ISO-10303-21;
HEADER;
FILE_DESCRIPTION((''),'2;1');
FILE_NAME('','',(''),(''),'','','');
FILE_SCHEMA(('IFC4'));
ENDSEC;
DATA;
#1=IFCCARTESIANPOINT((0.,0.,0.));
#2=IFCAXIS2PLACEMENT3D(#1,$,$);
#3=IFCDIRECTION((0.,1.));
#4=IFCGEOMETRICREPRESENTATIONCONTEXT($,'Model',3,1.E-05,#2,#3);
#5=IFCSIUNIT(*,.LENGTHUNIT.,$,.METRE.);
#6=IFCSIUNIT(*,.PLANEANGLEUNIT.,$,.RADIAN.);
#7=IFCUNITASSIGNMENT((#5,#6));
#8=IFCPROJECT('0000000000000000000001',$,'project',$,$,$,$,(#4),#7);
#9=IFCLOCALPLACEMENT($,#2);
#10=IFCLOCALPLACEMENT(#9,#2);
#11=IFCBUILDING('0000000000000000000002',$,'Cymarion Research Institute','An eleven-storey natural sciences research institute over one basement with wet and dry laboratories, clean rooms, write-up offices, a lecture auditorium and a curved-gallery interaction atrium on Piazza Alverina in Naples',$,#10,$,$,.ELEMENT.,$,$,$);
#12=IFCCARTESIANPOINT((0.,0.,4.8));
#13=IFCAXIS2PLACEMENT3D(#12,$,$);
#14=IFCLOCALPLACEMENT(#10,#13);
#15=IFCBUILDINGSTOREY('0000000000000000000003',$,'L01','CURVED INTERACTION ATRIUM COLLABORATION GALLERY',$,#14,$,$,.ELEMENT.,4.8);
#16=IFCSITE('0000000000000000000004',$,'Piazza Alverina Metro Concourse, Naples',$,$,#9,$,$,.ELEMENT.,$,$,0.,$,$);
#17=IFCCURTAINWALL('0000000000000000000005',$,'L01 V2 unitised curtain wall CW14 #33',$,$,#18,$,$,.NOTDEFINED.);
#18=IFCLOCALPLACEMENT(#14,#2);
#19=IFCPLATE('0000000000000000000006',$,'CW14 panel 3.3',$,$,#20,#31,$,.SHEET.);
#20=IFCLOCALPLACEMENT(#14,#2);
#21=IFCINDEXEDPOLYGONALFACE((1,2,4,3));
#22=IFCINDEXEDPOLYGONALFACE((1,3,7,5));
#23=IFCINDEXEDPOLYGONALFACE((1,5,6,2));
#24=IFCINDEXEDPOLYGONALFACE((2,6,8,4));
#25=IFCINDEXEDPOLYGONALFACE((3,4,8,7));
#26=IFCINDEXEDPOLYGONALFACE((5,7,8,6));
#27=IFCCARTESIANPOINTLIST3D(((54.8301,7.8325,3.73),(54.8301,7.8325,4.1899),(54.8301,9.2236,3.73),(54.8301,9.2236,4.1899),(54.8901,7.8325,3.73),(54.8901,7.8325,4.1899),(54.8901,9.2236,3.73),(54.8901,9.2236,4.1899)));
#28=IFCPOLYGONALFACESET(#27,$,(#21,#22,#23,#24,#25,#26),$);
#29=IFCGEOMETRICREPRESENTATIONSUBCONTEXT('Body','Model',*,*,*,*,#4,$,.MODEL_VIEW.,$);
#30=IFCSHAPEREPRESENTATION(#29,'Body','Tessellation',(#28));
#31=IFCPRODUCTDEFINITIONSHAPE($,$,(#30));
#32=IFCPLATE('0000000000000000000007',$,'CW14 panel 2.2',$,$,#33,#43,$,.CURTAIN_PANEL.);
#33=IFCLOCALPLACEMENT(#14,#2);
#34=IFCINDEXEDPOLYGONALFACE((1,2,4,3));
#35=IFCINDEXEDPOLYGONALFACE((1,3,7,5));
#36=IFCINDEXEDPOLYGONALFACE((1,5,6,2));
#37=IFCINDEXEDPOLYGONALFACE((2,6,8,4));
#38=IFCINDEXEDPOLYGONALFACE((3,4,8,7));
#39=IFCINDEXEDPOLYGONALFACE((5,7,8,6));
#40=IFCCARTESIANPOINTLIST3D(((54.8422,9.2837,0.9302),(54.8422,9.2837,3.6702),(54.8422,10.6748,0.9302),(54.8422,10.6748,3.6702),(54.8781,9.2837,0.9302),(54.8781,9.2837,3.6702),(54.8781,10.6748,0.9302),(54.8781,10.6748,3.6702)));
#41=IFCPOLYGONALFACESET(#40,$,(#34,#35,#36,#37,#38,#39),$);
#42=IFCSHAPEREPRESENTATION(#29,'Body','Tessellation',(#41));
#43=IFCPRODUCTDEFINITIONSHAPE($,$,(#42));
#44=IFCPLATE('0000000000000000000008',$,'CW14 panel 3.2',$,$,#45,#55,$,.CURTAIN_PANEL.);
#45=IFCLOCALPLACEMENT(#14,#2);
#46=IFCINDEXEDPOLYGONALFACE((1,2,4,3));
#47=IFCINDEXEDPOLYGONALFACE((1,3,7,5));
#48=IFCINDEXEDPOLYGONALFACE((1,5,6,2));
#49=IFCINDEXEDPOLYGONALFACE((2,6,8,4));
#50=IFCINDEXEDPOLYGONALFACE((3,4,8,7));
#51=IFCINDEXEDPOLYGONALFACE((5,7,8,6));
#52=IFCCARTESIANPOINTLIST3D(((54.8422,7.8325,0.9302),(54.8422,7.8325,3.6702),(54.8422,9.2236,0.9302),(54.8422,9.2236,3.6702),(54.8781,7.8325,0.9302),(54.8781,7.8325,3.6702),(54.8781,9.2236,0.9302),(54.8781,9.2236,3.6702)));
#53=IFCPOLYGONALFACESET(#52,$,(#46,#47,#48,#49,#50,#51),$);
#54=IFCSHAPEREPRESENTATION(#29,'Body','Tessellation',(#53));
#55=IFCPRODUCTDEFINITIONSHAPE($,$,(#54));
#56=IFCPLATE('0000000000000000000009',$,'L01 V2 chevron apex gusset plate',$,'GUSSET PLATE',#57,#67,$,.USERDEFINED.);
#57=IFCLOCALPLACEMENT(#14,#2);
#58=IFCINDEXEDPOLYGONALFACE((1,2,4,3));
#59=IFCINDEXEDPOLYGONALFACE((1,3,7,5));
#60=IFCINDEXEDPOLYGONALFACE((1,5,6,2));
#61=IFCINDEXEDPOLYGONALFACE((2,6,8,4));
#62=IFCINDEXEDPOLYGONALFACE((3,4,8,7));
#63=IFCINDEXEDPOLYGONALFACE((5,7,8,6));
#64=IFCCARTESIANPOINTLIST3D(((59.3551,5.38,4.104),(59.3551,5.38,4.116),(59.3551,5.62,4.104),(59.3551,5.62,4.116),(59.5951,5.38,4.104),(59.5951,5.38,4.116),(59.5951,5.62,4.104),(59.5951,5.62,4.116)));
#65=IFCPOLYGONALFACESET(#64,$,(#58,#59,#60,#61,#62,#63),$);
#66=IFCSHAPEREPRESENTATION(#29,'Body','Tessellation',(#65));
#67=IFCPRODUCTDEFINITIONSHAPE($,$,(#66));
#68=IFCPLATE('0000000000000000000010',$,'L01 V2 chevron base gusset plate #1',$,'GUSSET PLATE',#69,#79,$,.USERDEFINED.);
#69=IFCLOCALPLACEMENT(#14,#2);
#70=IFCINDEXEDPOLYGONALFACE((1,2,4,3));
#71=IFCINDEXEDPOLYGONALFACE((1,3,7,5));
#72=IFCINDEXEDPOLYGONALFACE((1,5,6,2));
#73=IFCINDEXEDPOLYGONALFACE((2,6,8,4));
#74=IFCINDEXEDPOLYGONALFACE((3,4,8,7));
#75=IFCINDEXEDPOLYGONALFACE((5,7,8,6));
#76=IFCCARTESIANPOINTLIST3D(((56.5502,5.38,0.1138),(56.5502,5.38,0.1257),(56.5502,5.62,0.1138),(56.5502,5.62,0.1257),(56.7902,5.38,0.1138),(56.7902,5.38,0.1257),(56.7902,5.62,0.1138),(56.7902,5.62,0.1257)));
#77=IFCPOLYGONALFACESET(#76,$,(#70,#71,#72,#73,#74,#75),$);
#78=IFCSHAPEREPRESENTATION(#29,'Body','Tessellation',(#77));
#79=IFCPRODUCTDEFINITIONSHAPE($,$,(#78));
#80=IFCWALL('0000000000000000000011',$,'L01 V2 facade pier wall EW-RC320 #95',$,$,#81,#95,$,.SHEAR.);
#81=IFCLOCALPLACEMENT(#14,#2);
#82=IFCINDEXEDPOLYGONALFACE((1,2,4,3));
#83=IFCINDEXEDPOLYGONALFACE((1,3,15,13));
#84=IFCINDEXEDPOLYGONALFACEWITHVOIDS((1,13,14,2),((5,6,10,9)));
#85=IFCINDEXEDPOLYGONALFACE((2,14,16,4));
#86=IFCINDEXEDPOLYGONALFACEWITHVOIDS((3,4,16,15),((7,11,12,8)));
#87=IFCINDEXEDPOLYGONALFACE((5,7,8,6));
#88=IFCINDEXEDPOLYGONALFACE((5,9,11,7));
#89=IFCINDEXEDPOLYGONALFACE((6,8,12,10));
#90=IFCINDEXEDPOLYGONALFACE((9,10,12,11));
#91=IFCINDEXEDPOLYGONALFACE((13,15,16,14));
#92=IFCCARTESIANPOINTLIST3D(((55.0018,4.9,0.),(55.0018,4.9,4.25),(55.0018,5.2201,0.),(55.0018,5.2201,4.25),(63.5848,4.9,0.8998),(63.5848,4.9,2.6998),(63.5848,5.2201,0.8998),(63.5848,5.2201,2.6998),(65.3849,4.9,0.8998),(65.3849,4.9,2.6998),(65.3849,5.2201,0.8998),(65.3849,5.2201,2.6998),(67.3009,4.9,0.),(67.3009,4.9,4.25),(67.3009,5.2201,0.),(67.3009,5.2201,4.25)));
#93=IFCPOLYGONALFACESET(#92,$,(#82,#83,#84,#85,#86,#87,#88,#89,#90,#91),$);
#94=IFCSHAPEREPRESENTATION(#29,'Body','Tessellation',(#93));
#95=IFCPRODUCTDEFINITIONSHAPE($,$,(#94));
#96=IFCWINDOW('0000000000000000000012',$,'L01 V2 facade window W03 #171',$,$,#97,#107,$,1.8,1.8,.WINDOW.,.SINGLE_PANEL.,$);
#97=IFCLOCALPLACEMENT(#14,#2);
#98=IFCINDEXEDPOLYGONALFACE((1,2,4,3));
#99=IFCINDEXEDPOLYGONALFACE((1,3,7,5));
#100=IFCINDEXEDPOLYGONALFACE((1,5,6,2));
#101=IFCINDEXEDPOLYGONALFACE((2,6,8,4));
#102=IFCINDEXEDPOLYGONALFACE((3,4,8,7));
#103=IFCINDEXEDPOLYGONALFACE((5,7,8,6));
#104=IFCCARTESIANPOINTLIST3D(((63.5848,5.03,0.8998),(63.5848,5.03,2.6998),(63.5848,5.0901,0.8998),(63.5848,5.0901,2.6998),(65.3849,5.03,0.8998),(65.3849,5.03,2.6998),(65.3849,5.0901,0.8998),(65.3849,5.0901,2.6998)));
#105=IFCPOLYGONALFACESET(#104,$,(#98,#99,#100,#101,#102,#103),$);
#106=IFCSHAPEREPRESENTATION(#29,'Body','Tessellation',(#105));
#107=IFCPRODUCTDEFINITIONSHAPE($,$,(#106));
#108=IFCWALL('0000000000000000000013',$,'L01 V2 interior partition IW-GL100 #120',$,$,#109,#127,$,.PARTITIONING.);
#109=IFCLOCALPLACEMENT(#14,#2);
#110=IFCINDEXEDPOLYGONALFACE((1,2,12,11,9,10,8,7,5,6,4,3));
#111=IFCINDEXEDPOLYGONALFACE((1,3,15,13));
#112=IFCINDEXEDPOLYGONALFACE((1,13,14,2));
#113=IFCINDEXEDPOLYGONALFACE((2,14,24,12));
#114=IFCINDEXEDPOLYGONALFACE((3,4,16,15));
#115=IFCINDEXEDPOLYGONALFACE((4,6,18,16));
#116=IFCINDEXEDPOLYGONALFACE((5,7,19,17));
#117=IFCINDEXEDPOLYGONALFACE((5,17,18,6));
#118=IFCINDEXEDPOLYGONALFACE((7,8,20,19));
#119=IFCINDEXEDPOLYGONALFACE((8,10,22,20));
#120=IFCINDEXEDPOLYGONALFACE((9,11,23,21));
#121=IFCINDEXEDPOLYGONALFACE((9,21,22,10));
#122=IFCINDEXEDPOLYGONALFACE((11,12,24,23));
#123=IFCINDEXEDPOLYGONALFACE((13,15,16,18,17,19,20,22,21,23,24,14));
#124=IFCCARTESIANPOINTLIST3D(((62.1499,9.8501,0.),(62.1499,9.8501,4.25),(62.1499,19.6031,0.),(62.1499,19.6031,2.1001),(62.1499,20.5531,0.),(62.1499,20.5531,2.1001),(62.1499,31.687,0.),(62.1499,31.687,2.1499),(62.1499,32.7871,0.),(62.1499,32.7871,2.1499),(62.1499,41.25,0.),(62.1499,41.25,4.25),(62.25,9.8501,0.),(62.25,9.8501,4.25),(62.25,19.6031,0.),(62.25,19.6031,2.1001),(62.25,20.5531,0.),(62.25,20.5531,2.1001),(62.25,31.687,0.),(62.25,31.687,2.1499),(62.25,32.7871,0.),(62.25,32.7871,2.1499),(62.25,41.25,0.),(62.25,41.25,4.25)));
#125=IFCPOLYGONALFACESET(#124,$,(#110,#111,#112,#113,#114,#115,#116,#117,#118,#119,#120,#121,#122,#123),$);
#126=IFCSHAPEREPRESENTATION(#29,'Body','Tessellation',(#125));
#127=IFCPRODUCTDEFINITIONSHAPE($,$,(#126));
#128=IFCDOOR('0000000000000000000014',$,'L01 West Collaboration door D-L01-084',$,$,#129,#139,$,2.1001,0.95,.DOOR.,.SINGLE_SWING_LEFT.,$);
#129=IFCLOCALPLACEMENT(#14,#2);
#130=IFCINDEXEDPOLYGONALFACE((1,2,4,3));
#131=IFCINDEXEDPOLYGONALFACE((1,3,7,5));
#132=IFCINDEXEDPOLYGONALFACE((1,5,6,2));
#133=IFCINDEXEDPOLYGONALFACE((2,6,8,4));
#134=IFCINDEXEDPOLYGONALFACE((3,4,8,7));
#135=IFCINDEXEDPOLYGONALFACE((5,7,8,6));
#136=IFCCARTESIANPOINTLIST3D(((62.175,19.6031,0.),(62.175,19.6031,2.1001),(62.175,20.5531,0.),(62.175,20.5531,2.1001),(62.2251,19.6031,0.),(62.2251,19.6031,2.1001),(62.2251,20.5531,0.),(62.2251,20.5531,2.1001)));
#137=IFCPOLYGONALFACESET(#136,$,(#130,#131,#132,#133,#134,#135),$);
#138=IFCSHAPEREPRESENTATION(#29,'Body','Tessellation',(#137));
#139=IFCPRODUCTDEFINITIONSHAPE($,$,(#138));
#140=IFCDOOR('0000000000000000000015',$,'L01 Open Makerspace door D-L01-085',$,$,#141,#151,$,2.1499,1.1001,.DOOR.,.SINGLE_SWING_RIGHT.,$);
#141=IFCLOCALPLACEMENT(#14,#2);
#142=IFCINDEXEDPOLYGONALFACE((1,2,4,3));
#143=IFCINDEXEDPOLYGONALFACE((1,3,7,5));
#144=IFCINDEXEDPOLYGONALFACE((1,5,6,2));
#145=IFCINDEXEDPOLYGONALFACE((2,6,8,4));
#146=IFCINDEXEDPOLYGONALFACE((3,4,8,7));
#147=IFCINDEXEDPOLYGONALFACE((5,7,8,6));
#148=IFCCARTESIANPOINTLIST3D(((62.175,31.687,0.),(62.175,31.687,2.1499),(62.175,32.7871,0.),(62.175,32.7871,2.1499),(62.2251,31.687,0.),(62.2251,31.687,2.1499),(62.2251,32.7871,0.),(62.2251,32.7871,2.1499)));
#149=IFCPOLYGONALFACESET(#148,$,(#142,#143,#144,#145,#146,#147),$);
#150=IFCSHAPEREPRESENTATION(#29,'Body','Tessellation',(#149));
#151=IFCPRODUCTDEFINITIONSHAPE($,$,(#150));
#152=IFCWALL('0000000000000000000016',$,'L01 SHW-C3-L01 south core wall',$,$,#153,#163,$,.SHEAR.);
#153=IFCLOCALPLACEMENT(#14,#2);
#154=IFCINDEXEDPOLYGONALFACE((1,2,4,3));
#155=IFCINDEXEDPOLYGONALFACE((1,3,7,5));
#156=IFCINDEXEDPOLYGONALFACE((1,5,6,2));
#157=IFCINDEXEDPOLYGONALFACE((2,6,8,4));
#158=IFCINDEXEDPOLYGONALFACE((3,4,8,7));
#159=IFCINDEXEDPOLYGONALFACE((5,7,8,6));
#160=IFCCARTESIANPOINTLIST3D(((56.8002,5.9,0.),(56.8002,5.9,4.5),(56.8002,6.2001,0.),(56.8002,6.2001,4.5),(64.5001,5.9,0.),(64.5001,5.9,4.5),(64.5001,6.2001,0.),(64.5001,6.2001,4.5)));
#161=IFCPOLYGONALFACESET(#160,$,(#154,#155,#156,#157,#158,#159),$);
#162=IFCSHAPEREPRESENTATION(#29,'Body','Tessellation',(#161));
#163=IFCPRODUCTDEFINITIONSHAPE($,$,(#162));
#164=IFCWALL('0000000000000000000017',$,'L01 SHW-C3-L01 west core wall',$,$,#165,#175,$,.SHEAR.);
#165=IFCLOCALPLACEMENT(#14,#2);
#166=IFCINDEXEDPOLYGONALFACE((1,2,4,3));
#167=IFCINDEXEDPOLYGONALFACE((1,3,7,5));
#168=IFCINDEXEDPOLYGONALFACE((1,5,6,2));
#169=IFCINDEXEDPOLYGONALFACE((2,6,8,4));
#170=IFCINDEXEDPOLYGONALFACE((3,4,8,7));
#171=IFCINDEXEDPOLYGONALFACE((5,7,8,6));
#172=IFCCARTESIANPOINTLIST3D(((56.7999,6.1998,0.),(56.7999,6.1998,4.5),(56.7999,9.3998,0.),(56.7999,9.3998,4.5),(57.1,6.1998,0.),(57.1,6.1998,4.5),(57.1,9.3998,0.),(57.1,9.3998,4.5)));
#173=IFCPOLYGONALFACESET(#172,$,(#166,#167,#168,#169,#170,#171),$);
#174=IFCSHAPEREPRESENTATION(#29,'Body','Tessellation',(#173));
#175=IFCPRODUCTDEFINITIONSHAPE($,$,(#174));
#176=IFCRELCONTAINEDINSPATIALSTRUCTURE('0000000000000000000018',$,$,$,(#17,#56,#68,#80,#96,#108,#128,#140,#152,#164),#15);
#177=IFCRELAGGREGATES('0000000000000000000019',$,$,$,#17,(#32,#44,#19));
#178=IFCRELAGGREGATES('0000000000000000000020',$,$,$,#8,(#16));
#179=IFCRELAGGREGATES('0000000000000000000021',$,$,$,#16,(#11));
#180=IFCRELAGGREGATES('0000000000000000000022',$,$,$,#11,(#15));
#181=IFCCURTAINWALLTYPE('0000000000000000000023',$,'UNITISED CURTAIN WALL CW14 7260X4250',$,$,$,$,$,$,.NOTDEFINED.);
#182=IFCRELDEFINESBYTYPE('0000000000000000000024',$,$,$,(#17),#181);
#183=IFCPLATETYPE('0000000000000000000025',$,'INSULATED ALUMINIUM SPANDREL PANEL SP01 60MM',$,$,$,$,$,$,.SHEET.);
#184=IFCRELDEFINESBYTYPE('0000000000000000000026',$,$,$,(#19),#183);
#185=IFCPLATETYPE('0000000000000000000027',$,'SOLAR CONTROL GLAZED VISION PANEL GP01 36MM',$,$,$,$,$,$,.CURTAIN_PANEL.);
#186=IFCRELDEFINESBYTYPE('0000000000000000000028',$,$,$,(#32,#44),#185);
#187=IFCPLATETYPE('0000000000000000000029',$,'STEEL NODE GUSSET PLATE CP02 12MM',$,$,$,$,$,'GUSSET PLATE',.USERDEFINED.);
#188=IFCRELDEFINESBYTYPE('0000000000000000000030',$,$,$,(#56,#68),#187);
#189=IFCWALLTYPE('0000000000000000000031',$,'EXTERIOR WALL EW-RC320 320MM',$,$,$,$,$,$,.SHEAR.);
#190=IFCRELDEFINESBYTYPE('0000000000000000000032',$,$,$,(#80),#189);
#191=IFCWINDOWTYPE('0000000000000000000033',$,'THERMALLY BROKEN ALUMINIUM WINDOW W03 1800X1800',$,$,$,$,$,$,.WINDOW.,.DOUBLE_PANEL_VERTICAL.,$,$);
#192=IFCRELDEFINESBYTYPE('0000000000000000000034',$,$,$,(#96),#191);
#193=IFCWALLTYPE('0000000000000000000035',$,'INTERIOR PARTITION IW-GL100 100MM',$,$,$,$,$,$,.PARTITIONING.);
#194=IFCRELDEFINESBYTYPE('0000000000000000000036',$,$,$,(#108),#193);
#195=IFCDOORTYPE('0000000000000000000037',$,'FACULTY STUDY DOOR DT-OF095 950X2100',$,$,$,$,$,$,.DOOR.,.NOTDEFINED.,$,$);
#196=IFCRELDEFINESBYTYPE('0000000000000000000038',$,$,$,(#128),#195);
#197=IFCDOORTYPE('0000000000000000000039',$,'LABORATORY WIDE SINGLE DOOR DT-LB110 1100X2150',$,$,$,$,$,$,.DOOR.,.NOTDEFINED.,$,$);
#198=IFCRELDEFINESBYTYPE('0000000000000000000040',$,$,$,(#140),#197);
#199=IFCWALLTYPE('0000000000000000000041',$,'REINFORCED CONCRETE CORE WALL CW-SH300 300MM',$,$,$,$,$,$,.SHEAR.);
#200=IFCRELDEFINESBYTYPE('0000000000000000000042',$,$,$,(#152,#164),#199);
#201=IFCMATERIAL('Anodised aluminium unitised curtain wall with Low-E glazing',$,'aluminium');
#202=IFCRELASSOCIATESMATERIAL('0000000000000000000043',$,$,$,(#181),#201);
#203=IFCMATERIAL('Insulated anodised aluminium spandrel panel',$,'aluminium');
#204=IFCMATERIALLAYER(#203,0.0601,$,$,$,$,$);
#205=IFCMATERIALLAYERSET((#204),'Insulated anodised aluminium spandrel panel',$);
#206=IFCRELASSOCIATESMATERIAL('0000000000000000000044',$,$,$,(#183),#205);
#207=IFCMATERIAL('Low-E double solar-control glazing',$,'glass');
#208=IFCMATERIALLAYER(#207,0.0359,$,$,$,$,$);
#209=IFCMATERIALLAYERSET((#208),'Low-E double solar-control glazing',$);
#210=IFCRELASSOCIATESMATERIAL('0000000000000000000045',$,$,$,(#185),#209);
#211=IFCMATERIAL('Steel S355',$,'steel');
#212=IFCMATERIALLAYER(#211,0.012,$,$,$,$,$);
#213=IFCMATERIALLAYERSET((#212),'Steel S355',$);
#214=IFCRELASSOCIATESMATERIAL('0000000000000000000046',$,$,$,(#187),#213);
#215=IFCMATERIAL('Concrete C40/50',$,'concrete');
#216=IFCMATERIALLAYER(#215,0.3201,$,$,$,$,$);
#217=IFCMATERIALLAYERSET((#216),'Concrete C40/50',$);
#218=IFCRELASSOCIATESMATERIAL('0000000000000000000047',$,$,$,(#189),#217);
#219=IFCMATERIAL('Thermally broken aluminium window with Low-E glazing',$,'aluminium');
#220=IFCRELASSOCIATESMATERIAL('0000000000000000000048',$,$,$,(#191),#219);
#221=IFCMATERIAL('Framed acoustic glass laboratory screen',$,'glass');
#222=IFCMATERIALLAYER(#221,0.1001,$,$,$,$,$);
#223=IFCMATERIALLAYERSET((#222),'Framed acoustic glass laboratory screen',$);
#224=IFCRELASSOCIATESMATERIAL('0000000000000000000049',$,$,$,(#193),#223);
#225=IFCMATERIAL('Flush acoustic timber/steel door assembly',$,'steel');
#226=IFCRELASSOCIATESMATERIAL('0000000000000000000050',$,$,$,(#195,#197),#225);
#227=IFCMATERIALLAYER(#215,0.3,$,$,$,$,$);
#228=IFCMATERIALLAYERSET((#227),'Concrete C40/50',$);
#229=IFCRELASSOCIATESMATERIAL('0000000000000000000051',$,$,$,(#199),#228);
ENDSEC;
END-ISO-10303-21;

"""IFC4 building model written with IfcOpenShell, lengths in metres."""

from ifc_helpers import new_model, si_unit, direction, frame, frame_2d, origin, origin_2d, place, context, subcontext, project, spatial, rectangle, extrude, material, layer, layer_set, type_object, element, fill, aggregate, save


model = new_model("IFC4")

# Units and contexts
model_context = context("Model", 3, precision=1e-05, world=origin(), true_north=direction((0.0, 1.0)))
body_context = subcontext(model_context, "Body", "Model", "MODEL_VIEW")
ifc_project = project(units=[si_unit("LENGTHUNIT", "METRE"), si_unit("PLANEANGLEUNIT", "RADIAN")], contexts=[model_context])

# Site, building, storey
site_placement = place(None, origin())
site = spatial("IfcSite", under=ifc_project, at=site_placement, Name="Piazza Alverina Metro Concourse, Naples", CompositionType="ELEMENT", RefElevation=0.0)
building_placement = place(site_placement, origin())
building = spatial("IfcBuilding", under=site, at=building_placement, Name="Cymarion Research Institute", Description="An eleven-storey natural sciences research institute over one basement with wet and dry laboratories, clean rooms, write-up offices, a lecture auditorium and a curved-gallery interaction atrium on Piazza Alverina in Naples", CompositionType="ELEMENT")
storey_placement = place(building_placement, frame((0.0, 0.0, 4.8)))
storey = spatial("IfcBuildingStorey", under=building, at=storey_placement, Name="L01", Description="CURVED INTERACTION ATRIUM COLLABORATION GALLERY", CompositionType="ELEMENT", Elevation=4.8)

# Shared definitions
ifc_material_1 = material(Name="Steel S355", Category="steel")

# Shared definitions
ifc_material_2 = material(Name="Concrete C40/50", Category="concrete")

# Curtain wall
ifc_material_3 = material(Name="Anodised aluminium unitised curtain wall with Low-E glazing", Category="aluminium")
curtain_wall_type = type_object("IfcCurtainWallType", Name="UNITISED CURTAIN WALL CW14 7260X4250", PredefinedType="NOTDEFINED", material=ifc_material_3)
curtain_wall_placement = place(storey_placement, origin())
curtain_wall = element("IfcCurtainWall", 1, at=curtain_wall_placement, inside=storey, type_object=curtain_wall_type, Name="L01 V2 unitised curtain wall CW14 #33", PredefinedType="NOTDEFINED")

# Plates
ifc_material_4 = material(Name="Insulated anodised aluminium spandrel panel", Category="aluminium")
ifc_layer_1 = layer(ifc_material_4, 0.0601)
ifc_layer_set_1 = layer_set([ifc_layer_1], Name="Insulated anodised aluminium spandrel panel")
plate_type_1 = type_object("IfcPlateType", Name="INSULATED ALUMINIUM SPANDREL PANEL SP01 60MM", PredefinedType="SHEET", material=ifc_layer_set_1)
plate_1_placement = place(storey_placement, frame((54.8601, 8.5281, 3.73), z_axis=(0.0, 0.0, 1.0), x_axis=(0.0, -1.0, 0.0)))
plate_1 = element("IfcPlate", 2, at=plate_1_placement, type_object=plate_type_1, Name="CW14 panel 3.3", PredefinedType="SHEET", context=body_context, shape_type="SweptSolid", body=[
    extrude(rectangle(XDim=1.3911, YDim=0.0601, at=origin_2d()), origin(), (0.0, 0.0, 1.0), 0.46),
])
ifc_material_5 = material(Name="Low-E double solar-control glazing", Category="glass")
ifc_layer_2 = layer(ifc_material_5, 0.0359)
ifc_layer_set_2 = layer_set([ifc_layer_2], Name="Low-E double solar-control glazing")
plate_type_2 = type_object("IfcPlateType", Name="SOLAR CONTROL GLAZED VISION PANEL GP01 36MM", PredefinedType="CURTAIN_PANEL", material=ifc_layer_set_2)
plate_2_placement = place(storey_placement, frame((54.8601, 9.9792, 0.9302), z_axis=(0.0, 0.0, 1.0), x_axis=(0.0, -1.0, 0.0)))
plate_2 = element("IfcPlate", 3, at=plate_2_placement, type_object=plate_type_2, Name="CW14 panel 2.2", PredefinedType="CURTAIN_PANEL", context=body_context, shape_type="SweptSolid", body=[
    extrude(rectangle(XDim=1.3911, YDim=0.0359, at=origin_2d()), origin(), (0.0, 0.0, 1.0), 2.74),
])
plate_3_placement = place(storey_placement, frame((54.8601, 8.5281, 0.9302), z_axis=(0.0, 0.0, 1.0), x_axis=(0.0, -1.0, 0.0)))
plate_3 = element("IfcPlate", 4, at=plate_3_placement, type_object=plate_type_2, Name="CW14 panel 3.2", PredefinedType="CURTAIN_PANEL", context=body_context, shape_type="SweptSolid", body=[
    extrude(rectangle(XDim=1.3911, YDim=0.0359, at=origin_2d()), origin(), (0.0, 0.0, 1.0), 2.74),
])
aggregate(curtain_wall, [plate_2, plate_3, plate_1])

# Plates
ifc_layer_3 = layer(ifc_material_1, 0.012)
ifc_layer_set_3 = layer_set([ifc_layer_3], Name="Steel S355")
plate_type_3 = type_object("IfcPlateType", Name="STEEL NODE GUSSET PLATE CP02 12MM", ElementType="GUSSET PLATE", PredefinedType="USERDEFINED", material=ifc_layer_set_3)
for number, where, z_axis, x_axis, name in (
    (5, (59.4751, 5.5, 4.104), (0.0, 0.0, 1.0), (1.0, 0.0, 0.0), "L01 V2 chevron apex gusset plate"),
    (6, (56.6702, 5.5, 0.1138), (0.0, 0.0, 1.0), (1.0, 0.0, 0.0), "L01 V2 chevron base gusset plate #1"),
):
    element("IfcPlate", number, at=place(storey_placement, frame(where, z_axis=z_axis, x_axis=x_axis)), inside=storey, type_object=plate_type_3, Name=name, ObjectType="GUSSET PLATE", PredefinedType="USERDEFINED", context=body_context, shape_type="SweptSolid", body=[
        extrude(rectangle(XDim=0.24, YDim=0.24, at=origin_2d()), origin(), (0.0, 0.0, 1.0), 0.012),
    ])

# Wall, opening, window
ifc_layer_4 = layer(ifc_material_2, 0.3201)
ifc_layer_set_4 = layer_set([ifc_layer_4], Name="Concrete C40/50")
wall_type_1 = type_object("IfcWallType", Name="EXTERIOR WALL EW-RC320 320MM", PredefinedType="SHEAR", material=ifc_layer_set_4)
wall_1_placement = place(storey_placement, frame((55.002, 5.0601, 0.0), z_axis=(0.0, 0.0, 1.0), x_axis=(1.0, 0.0, 0.0)))
wall_1 = element("IfcWall", 7, at=wall_1_placement, inside=storey, type_object=wall_type_1, Name="L01 V2 facade pier wall EW-RC320 #95", PredefinedType="SHEAR", context=body_context, shape_type="SweptSolid", body=[
    extrude(rectangle(XDim=12.2991, YDim=0.3201, at=frame_2d((6.1494, 0.0))), origin(), (0.0, 0.0, 1.0), 4.25),
])
opening_1_placement = place(wall_1_placement, frame((8.583, 0.0, 0.8999)))
opening_1 = element("IfcOpeningElement", 8, at=opening_1_placement, cuts=wall_1, PredefinedType="OPENING", context=body_context, shape_type="SweptSolid", body=[
    extrude(rectangle(XDim=1.8, YDim=1.8, at=frame_2d((0.8999, 0.8999))), frame((0.0, 0.1699, 0.0), z_axis=(0.0, -1.0, 0.0), x_axis=(1.0, 0.0, 0.0)), (0.0, 0.0, 1.0), 0.3401),
])
ifc_material_6 = material(Name="Thermally broken aluminium window with Low-E glazing", Category="aluminium")
window_type = type_object("IfcWindowType", Name="THERMALLY BROKEN ALUMINIUM WINDOW W03 1800X1800", PartitioningType="DOUBLE_PANEL_VERTICAL", PredefinedType="WINDOW", material=ifc_material_6)
window_placement = place(opening_1_placement, origin())
window = element("IfcWindow", 9, at=window_placement, inside=storey, type_object=window_type, Name="L01 V2 facade window W03 #171", OverallHeight=1.8, OverallWidth=1.8, PartitioningType="SINGLE_PANEL", PredefinedType="WINDOW", context=body_context, shape_type="SweptSolid", body=[
    extrude(rectangle(XDim=1.8, YDim=1.8, at=frame_2d((0.8999, 0.8999))), frame((0.0, 0.03, 0.0), z_axis=(0.0, -1.0, 0.0), x_axis=(1.0, 0.0, 0.0)), (0.0, 0.0, 1.0), 0.0601),
])
fill(opening_1, window)

# Wall, openings, doors
ifc_material_7 = material(Name="Framed acoustic glass laboratory screen", Category="glass")
ifc_layer_5 = layer(ifc_material_7, 0.1001)
ifc_layer_set_5 = layer_set([ifc_layer_5], Name="Framed acoustic glass laboratory screen")
wall_type_2 = type_object("IfcWallType", Name="INTERIOR PARTITION IW-GL100 100MM", PredefinedType="PARTITIONING", material=ifc_layer_set_5)
wall_2_placement = place(storey_placement, frame((62.2, 9.8501, 0.0), z_axis=(0.0, 0.0, 1.0), x_axis=(0.0, 1.0, 0.0)))
wall_2 = element("IfcWall", 10, at=wall_2_placement, inside=storey, type_object=wall_type_2, Name="L01 V2 interior partition IW-GL100 #120", PredefinedType="PARTITIONING", context=body_context, shape_type="SweptSolid", body=[
    extrude(rectangle(XDim=31.3999, YDim=0.1001, at=frame_2d((15.7, 0.0))), origin(), (0.0, 0.0, 1.0), 4.25),
])
opening_2_placement = place(wall_2_placement, frame((9.7529, 0.0, 0.0)))
opening_2 = element("IfcOpeningElement", 11, at=opening_2_placement, cuts=wall_2, PredefinedType="OPENING", context=body_context, shape_type="SweptSolid", body=[
    extrude(rectangle(XDim=0.95, YDim=2.1001, at=frame_2d((0.4751, 1.05))), frame((0.0, 0.0601, 0.0), z_axis=(0.0, -1.0, 0.0), x_axis=(1.0, 0.0, 0.0)), (0.0, 0.0, 1.0), 0.1201),
])
opening_3_placement = place(wall_2_placement, frame((21.8369, 0.0, 0.0)))
opening_3 = element("IfcOpeningElement", 12, at=opening_3_placement, cuts=wall_2, PredefinedType="OPENING", context=body_context, shape_type="SweptSolid", body=[
    extrude(rectangle(XDim=1.1001, YDim=2.1499, at=frame_2d((0.55, 1.075))), frame((0.0, 0.0601, 0.0), z_axis=(0.0, -1.0, 0.0), x_axis=(1.0, 0.0, 0.0)), (0.0, 0.0, 1.0), 0.1201),
])
ifc_material_8 = material(Name="Flush acoustic timber/steel door assembly", Category="steel")
door_type_1 = type_object("IfcDoorType", Name="FACULTY STUDY DOOR DT-OF095 950X2100", OperationType="NOTDEFINED", PredefinedType="DOOR", material=ifc_material_8)
door_1_placement = place(opening_2_placement, origin())
door_1 = element("IfcDoor", 13, at=door_1_placement, inside=storey, type_object=door_type_1, Name="L01 West Collaboration door D-L01-084", OperationType="SINGLE_SWING_LEFT", OverallHeight=2.1001, OverallWidth=0.95, PredefinedType="DOOR", context=body_context, shape_type="SweptSolid", body=[
    extrude(rectangle(XDim=0.95, YDim=2.1001, at=frame_2d((0.4751, 1.05))), frame((0.0, 0.0249, 0.0), z_axis=(0.0, -1.0, 0.0), x_axis=(1.0, 0.0, 0.0)), (0.0, 0.0, 1.0), 0.05),
])
fill(opening_2, door_1)
door_type_2 = type_object("IfcDoorType", Name="LABORATORY WIDE SINGLE DOOR DT-LB110 1100X2150", OperationType="NOTDEFINED", PredefinedType="DOOR", material=ifc_material_8)
door_2_placement = place(opening_3_placement, origin())
door_2 = element("IfcDoor", 14, at=door_2_placement, inside=storey, type_object=door_type_2, Name="L01 Open Makerspace door D-L01-085", OperationType="SINGLE_SWING_RIGHT", OverallHeight=2.1499, OverallWidth=1.1001, PredefinedType="DOOR", context=body_context, shape_type="SweptSolid", body=[
    extrude(rectangle(XDim=1.1001, YDim=2.1499, at=frame_2d((0.55, 1.075))), frame((0.0, 0.0249, 0.0), z_axis=(0.0, -1.0, 0.0), x_axis=(1.0, 0.0, 0.0)), (0.0, 0.0, 1.0), 0.05),
])
fill(opening_3, door_2)

# Walls
ifc_layer_6 = layer(ifc_material_2, 0.3)
ifc_layer_set_6 = layer_set([ifc_layer_6], Name="Concrete C40/50")
wall_type_3 = type_object("IfcWallType", Name="REINFORCED CONCRETE CORE WALL CW-SH300 300MM", PredefinedType="SHEAR", material=ifc_layer_set_6)
wall_3_placement = place(storey_placement, frame((56.8, 6.05, 0.0), z_axis=(0.0, 0.0, 1.0), x_axis=(1.0, 0.0, 0.0)))
element("IfcWall", 15, at=wall_3_placement, inside=storey, type_object=wall_type_3, Name="L01 SHW-C3-L01 south core wall", PredefinedType="SHEAR", context=body_context, shape_type="SweptSolid", body=[
    extrude(rectangle(XDim=7.7, YDim=0.3, at=frame_2d((3.8501, 0.0))), origin(), (0.0, 0.0, 1.0), 4.5),
])
wall_4_placement = place(storey_placement, frame((56.95, 9.3999, 0.0), z_axis=(0.0, 0.0, 1.0), x_axis=(0.0, -1.0, 0.0)))
element("IfcWall", 16, at=wall_4_placement, inside=storey, type_object=wall_type_3, Name="L01 SHW-C3-L01 west core wall", PredefinedType="SHEAR", context=body_context, shape_type="SweptSolid", body=[
    extrude(rectangle(XDim=3.2, YDim=0.3, at=frame_2d((1.6001, 0.0))), origin(), (0.0, 0.0, 1.0), 4.5),
])

save(model, "model.ifc")
